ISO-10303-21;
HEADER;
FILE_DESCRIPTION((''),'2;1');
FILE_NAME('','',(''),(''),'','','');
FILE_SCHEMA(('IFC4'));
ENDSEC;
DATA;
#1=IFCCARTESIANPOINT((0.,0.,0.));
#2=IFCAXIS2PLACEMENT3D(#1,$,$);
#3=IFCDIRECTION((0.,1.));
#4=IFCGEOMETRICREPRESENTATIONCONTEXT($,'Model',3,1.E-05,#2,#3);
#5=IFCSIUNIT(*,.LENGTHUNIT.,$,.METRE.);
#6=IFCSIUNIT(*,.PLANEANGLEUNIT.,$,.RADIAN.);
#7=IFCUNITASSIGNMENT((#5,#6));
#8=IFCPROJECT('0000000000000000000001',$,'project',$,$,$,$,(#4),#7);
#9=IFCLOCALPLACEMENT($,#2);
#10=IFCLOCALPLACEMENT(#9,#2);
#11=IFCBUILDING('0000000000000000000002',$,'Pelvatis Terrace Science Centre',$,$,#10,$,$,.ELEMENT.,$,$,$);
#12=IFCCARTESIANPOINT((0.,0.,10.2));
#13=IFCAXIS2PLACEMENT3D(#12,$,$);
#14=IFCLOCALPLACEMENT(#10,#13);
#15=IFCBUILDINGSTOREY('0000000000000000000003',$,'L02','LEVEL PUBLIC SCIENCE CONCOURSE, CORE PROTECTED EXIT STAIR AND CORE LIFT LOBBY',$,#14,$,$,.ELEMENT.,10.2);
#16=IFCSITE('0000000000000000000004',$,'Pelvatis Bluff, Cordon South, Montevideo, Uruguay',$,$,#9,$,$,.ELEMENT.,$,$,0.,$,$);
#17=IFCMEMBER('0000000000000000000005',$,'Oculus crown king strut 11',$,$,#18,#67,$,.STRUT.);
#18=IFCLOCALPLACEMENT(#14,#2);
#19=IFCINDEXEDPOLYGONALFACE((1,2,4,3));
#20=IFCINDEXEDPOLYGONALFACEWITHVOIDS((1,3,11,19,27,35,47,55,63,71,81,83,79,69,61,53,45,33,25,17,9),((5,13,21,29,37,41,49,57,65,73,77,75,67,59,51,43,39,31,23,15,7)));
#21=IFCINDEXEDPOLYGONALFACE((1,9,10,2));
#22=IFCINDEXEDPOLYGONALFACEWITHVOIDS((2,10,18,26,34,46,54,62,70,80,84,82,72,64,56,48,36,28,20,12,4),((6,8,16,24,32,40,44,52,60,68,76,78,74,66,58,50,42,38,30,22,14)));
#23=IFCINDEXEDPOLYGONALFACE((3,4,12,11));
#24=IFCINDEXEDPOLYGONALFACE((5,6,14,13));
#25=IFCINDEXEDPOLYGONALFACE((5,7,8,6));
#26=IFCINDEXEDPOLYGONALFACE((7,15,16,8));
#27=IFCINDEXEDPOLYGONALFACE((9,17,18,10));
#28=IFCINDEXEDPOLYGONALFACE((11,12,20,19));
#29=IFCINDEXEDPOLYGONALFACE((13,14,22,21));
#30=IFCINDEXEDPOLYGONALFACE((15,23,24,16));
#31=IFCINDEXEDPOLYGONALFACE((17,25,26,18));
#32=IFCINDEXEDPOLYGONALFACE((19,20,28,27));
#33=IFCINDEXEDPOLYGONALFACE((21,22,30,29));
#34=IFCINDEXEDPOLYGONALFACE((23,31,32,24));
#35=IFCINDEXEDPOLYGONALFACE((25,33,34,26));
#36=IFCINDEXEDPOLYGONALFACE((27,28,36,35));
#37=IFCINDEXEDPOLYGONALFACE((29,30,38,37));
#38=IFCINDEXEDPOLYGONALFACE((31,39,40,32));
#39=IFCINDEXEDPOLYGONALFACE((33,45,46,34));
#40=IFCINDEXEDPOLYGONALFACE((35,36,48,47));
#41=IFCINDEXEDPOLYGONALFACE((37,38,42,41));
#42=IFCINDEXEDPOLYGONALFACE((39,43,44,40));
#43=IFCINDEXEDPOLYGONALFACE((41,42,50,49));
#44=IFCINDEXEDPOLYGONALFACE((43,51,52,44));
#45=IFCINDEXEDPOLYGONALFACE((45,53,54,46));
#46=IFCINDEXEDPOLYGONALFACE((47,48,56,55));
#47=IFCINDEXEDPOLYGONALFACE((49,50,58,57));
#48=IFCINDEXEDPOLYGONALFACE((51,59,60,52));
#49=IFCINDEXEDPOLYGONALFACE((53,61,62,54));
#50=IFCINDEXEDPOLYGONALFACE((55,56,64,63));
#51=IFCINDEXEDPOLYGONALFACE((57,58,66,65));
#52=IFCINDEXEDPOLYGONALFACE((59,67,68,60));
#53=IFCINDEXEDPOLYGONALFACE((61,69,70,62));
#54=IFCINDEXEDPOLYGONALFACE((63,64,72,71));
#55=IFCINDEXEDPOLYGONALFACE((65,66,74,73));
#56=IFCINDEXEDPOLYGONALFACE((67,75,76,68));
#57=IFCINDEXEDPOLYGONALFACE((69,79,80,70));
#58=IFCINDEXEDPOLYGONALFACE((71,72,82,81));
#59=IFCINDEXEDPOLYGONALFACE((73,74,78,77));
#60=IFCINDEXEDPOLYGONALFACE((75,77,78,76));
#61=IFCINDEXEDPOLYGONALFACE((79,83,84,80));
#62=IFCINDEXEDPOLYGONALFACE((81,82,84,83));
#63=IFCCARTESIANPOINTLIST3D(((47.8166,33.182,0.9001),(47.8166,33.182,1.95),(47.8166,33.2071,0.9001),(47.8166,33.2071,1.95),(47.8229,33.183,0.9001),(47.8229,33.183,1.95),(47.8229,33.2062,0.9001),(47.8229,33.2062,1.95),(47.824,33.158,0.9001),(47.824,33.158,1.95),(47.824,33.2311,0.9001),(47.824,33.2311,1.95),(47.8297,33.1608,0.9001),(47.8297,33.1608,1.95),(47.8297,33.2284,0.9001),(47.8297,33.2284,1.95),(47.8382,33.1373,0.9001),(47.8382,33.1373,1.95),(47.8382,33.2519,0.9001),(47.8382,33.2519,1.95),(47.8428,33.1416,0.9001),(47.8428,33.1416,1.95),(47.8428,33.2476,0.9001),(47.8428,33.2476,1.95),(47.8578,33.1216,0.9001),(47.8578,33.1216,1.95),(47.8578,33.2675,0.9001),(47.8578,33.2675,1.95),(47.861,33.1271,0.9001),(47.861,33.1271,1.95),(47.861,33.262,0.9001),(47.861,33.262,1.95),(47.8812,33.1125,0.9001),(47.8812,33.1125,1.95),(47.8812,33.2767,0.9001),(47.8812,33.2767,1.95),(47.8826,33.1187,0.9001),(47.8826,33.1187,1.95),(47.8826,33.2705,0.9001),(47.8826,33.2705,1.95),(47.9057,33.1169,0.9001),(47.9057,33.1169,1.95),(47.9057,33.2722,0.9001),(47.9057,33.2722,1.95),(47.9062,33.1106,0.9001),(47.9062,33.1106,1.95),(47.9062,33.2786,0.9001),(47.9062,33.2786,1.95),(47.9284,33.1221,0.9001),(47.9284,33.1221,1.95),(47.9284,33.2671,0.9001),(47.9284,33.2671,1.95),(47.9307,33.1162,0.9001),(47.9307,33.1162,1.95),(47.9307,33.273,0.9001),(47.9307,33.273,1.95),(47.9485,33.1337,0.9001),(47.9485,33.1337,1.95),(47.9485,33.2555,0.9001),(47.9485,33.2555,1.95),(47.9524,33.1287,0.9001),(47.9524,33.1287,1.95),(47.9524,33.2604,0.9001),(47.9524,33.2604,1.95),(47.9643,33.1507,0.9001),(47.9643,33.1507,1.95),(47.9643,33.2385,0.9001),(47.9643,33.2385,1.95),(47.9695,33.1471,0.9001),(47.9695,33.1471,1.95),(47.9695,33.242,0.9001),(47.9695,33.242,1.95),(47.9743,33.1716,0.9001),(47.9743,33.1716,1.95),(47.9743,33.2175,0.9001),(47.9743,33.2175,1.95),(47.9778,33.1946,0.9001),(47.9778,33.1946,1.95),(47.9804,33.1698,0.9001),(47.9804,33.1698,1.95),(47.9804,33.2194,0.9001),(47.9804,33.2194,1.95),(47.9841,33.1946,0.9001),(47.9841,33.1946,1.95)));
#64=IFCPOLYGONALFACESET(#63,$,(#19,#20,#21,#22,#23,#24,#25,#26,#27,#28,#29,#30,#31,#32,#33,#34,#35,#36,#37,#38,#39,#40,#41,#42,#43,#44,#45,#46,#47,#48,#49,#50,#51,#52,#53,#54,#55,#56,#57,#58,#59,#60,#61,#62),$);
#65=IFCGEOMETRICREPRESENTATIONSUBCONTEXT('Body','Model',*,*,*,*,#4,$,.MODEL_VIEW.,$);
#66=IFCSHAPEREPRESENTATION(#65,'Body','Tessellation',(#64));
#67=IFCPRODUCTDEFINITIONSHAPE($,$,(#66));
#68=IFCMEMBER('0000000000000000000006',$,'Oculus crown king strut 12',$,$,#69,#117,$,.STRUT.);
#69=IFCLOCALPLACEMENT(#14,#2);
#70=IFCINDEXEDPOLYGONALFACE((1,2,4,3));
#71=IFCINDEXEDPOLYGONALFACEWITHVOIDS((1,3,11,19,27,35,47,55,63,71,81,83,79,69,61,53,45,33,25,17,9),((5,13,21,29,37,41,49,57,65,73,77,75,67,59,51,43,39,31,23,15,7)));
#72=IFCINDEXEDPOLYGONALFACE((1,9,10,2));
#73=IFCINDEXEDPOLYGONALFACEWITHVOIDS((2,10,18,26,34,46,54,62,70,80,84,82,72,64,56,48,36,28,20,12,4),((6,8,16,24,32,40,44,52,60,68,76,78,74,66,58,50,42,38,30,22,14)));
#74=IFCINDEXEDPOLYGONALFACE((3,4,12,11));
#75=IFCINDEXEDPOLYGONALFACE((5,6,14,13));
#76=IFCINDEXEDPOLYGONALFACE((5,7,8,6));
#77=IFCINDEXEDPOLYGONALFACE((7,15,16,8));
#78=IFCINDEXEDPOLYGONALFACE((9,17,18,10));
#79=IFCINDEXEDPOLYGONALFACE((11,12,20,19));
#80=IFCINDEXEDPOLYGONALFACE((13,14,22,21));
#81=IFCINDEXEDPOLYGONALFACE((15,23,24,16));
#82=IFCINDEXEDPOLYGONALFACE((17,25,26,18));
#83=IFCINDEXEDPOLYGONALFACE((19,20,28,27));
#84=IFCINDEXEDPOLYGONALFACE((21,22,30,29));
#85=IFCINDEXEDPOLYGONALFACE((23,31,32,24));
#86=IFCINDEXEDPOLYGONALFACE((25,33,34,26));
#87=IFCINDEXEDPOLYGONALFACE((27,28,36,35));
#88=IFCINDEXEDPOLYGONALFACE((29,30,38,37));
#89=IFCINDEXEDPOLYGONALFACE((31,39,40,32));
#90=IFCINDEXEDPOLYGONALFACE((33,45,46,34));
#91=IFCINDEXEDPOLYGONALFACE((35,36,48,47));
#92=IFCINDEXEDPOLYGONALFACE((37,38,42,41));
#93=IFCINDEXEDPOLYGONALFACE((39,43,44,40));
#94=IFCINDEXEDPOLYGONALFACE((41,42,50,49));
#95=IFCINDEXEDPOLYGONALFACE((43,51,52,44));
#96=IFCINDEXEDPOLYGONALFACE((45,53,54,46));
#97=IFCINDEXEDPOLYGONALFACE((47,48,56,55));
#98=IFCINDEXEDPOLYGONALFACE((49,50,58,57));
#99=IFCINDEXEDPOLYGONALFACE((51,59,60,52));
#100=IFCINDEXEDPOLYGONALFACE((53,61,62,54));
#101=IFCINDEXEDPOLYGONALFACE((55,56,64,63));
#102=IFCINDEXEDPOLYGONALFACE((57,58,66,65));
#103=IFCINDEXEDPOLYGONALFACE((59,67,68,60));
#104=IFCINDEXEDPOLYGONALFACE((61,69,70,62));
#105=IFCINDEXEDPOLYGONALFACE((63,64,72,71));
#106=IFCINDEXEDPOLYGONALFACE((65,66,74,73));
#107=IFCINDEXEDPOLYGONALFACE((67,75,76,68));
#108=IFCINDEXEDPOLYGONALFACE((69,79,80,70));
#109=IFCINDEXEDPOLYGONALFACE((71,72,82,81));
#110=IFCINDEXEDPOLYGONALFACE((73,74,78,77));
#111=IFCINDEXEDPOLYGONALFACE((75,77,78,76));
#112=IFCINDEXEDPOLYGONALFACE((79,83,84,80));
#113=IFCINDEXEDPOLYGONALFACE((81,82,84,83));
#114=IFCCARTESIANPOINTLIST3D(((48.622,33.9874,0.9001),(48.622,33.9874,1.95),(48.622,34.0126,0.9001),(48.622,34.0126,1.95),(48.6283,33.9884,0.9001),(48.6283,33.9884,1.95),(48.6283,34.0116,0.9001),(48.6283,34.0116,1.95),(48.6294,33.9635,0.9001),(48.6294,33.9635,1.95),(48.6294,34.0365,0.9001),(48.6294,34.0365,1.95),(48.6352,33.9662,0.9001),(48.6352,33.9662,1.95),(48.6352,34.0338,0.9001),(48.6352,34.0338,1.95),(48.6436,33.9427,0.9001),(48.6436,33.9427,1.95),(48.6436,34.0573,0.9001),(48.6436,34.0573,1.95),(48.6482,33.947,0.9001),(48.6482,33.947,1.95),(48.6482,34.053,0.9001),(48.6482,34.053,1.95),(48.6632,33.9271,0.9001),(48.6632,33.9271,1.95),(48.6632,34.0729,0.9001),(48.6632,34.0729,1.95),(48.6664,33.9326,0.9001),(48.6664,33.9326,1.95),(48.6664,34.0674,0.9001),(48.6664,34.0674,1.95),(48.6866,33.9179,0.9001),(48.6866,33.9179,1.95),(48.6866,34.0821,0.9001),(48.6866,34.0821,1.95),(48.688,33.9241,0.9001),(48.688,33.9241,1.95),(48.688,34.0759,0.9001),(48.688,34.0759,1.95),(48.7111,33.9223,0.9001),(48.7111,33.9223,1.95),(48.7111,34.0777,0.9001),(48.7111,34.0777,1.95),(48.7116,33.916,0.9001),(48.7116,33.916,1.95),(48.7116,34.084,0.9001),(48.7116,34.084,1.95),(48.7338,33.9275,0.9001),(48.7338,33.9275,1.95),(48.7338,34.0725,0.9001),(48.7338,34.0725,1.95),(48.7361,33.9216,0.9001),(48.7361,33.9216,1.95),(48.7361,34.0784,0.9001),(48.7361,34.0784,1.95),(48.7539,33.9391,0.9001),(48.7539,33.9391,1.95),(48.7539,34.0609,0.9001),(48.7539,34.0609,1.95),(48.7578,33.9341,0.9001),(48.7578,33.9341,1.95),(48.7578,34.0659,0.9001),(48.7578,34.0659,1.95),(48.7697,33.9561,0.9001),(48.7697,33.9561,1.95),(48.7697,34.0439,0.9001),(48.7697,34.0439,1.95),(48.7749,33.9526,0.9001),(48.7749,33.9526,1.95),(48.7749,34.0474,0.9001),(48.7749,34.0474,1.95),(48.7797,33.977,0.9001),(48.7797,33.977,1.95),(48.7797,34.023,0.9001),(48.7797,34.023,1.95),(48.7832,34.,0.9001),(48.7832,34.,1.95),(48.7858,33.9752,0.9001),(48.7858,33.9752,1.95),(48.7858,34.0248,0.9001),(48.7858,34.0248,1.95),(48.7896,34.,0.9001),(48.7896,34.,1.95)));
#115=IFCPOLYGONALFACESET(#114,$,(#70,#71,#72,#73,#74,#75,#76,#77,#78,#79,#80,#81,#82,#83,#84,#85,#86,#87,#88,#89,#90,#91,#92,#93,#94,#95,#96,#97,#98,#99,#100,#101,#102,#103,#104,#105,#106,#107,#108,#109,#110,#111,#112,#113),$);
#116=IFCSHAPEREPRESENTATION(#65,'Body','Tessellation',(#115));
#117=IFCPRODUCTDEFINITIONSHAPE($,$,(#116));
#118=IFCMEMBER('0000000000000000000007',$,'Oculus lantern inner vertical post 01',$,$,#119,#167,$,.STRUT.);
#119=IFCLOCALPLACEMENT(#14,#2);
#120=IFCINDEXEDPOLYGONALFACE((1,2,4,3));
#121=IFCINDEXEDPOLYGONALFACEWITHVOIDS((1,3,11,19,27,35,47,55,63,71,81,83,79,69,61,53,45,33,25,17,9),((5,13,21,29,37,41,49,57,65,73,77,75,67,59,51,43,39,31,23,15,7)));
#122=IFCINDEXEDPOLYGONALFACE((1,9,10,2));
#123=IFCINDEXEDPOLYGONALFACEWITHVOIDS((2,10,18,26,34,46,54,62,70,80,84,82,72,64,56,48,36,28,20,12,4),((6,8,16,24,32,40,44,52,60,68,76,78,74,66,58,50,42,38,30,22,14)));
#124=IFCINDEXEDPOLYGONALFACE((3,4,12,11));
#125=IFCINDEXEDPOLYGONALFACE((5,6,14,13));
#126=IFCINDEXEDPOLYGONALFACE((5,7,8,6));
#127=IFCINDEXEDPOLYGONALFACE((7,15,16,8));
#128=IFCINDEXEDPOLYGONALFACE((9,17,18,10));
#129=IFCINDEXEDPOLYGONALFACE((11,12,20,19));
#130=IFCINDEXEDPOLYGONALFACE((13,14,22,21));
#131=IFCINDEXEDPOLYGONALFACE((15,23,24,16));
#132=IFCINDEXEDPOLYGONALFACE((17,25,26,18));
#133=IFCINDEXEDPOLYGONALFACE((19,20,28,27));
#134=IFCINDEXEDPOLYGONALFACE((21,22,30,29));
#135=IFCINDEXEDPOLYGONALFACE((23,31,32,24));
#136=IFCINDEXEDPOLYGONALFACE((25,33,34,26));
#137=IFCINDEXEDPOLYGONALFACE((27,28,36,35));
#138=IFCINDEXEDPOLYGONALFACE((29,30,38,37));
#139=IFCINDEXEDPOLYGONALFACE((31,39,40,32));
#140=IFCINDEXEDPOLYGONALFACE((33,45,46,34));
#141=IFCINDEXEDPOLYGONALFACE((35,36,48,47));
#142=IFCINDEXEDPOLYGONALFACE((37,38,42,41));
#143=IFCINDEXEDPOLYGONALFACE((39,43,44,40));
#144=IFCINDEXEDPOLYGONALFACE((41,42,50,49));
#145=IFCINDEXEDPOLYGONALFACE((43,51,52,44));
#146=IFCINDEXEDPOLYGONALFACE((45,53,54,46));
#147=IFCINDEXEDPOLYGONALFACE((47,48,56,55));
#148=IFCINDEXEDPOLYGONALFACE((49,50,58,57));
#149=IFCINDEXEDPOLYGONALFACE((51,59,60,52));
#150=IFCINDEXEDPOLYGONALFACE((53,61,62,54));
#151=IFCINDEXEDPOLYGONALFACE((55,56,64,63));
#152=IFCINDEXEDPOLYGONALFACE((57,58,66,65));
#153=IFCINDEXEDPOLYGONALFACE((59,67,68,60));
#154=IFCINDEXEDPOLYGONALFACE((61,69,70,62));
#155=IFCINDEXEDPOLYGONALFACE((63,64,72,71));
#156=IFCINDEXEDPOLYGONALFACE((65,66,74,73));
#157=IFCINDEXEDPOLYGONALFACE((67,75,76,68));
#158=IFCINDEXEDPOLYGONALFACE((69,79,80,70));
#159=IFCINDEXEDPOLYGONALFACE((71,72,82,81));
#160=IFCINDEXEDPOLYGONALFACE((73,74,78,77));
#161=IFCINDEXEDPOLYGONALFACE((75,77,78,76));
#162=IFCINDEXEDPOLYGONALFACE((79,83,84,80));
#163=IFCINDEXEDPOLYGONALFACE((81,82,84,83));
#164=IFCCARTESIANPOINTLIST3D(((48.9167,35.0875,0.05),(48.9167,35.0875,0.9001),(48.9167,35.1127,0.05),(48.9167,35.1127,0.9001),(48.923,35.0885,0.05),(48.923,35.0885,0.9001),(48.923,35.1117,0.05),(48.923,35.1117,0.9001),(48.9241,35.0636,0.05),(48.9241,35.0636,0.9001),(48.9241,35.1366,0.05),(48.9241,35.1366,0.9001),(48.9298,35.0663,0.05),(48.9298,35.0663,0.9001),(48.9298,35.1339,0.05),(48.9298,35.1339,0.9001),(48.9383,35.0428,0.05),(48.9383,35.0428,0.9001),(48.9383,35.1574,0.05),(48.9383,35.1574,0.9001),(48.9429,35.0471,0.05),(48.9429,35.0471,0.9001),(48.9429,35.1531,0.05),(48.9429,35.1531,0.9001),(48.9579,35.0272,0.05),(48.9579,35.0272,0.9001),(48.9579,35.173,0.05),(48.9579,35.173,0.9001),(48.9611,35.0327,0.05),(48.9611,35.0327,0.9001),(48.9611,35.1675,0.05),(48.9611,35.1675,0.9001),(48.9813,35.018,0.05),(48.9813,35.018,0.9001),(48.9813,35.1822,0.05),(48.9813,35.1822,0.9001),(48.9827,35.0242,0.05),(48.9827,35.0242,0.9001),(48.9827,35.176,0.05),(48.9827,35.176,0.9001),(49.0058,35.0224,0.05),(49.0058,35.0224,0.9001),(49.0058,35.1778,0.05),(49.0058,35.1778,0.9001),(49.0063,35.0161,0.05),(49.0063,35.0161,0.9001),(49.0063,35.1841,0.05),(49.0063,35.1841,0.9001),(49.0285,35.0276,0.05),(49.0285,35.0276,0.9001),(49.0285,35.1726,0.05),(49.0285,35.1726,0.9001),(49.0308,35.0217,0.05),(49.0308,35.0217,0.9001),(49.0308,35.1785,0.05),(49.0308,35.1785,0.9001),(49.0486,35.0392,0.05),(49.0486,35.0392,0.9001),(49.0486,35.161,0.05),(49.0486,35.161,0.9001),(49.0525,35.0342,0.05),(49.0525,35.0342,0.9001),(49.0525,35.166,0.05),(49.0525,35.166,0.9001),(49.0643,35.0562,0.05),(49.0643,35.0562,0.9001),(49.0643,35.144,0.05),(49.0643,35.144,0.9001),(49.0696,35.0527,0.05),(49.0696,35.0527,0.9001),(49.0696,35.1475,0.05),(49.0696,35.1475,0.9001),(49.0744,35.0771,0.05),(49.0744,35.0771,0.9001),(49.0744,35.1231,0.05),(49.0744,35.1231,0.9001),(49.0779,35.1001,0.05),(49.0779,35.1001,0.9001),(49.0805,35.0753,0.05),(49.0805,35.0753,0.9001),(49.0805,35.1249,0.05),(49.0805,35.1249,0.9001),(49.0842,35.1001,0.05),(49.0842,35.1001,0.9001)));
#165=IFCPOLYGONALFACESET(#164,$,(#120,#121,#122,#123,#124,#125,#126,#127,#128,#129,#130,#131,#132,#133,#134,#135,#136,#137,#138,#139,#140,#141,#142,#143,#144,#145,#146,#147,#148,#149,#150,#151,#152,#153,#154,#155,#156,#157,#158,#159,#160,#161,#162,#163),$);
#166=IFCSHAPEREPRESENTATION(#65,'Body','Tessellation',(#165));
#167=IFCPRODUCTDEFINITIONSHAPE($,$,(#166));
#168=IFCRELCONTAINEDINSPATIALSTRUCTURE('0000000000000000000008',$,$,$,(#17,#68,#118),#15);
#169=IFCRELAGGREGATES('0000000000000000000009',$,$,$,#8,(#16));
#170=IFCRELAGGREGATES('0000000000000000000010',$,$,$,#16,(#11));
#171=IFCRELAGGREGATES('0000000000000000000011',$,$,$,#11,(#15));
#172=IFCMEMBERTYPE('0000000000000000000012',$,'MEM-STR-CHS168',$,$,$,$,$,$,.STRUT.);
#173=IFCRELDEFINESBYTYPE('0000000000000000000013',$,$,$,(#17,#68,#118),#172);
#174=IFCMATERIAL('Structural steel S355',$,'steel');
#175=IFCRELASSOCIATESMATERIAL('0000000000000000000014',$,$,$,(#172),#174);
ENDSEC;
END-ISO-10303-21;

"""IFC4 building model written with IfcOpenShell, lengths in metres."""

from ifc_helpers import new_model, si_unit, direction, frame, origin, origin_2d, place, context, subcontext, project, spatial, hollow_circle, extrude, material, material_profile, profile_set, type_object, element, save


model = new_model("IFC4")

# Units and contexts
model_context = context("Model", 3, precision=1e-05, world=origin(), true_north=direction((0.0, 1.0)))
body_context = subcontext(model_context, "Body", "Model", "MODEL_VIEW")
ifc_project = project(units=[si_unit("LENGTHUNIT", "METRE"), si_unit("PLANEANGLEUNIT", "RADIAN")], contexts=[model_context])

# Site, building, storey
site_placement = place(None, origin())
site = spatial("IfcSite", under=ifc_project, at=site_placement, Name="Pelvatis Bluff, Cordon South, Montevideo, Uruguay", CompositionType="ELEMENT", RefElevation=0.0)
building_placement = place(site_placement, origin())
building = spatial("IfcBuilding", under=site, at=building_placement, Name="Pelvatis Terrace Science Centre", CompositionType="ELEMENT")
storey_placement = place(building_placement, frame((0.0, 0.0, 10.2)))
storey = spatial("IfcBuildingStorey", under=building, at=storey_placement, Name="L02", Description="LEVEL PUBLIC SCIENCE CONCOURSE, CORE PROTECTED EXIT STAIR AND CORE LIFT LOBBY", CompositionType="ELEMENT", Elevation=10.2)

# Members
ifc_material_1 = material(Name="Structural steel S355", Category="steel")
ifc_material_profile_1 = material_profile(ifc_material_1, hollow_circle(Radius=0.0842, WallThickness=0.0063, at=origin_2d()), Name="CHS 168.3x6.3")
ifc_profile_set_1 = profile_set([ifc_material_profile_1], Name="Structural steel S355")
member_type_1 = type_object("IfcMemberType", Name="MEM-STR-CHS168", PredefinedType="STRUT", material=ifc_profile_set_1)
for number, where, z_axis, x_axis, name in (
    (1, (47.8999, 33.1946, 0.9001), (0.0, 0.0, 1.0), (1.0, 0.0, 0.0), "Oculus crown king strut 11"),
    (2, (48.7053, 34.0, 0.9001), (0.0, 0.0, 1.0), (1.0, 0.0, 0.0), "Oculus crown king strut 12"),
):
    element("IfcMember", number, at=place(storey_placement, frame(where, z_axis=z_axis, x_axis=x_axis)), inside=storey, type_object=member_type_1, Name=name, PredefinedType="STRUT", context=body_context, shape_type="SweptSolid", body=[
        extrude(hollow_circle(Radius=0.0842, WallThickness=0.0063, at=origin_2d()), origin(), (0.0, 0.0, 1.0), 1.0498),
    ])
for number, where, z_axis, x_axis, name in (
    (3, (49.0, 35.1001, 0.05), (0.0, 0.0, 1.0), (1.0, 0.0, 0.0), "Oculus lantern inner vertical post 01"),
):
    element("IfcMember", number, at=place(storey_placement, frame(where, z_axis=z_axis, x_axis=x_axis)), inside=storey, type_object=member_type_1, Name=name, PredefinedType="STRUT", context=body_context, shape_type="SweptSolid", body=[
        extrude(hollow_circle(Radius=0.0842, WallThickness=0.0063, at=origin_2d()), origin(), (0.0, 0.0, 1.0), 0.8501),
    ])

save(model, "model.ifc")
